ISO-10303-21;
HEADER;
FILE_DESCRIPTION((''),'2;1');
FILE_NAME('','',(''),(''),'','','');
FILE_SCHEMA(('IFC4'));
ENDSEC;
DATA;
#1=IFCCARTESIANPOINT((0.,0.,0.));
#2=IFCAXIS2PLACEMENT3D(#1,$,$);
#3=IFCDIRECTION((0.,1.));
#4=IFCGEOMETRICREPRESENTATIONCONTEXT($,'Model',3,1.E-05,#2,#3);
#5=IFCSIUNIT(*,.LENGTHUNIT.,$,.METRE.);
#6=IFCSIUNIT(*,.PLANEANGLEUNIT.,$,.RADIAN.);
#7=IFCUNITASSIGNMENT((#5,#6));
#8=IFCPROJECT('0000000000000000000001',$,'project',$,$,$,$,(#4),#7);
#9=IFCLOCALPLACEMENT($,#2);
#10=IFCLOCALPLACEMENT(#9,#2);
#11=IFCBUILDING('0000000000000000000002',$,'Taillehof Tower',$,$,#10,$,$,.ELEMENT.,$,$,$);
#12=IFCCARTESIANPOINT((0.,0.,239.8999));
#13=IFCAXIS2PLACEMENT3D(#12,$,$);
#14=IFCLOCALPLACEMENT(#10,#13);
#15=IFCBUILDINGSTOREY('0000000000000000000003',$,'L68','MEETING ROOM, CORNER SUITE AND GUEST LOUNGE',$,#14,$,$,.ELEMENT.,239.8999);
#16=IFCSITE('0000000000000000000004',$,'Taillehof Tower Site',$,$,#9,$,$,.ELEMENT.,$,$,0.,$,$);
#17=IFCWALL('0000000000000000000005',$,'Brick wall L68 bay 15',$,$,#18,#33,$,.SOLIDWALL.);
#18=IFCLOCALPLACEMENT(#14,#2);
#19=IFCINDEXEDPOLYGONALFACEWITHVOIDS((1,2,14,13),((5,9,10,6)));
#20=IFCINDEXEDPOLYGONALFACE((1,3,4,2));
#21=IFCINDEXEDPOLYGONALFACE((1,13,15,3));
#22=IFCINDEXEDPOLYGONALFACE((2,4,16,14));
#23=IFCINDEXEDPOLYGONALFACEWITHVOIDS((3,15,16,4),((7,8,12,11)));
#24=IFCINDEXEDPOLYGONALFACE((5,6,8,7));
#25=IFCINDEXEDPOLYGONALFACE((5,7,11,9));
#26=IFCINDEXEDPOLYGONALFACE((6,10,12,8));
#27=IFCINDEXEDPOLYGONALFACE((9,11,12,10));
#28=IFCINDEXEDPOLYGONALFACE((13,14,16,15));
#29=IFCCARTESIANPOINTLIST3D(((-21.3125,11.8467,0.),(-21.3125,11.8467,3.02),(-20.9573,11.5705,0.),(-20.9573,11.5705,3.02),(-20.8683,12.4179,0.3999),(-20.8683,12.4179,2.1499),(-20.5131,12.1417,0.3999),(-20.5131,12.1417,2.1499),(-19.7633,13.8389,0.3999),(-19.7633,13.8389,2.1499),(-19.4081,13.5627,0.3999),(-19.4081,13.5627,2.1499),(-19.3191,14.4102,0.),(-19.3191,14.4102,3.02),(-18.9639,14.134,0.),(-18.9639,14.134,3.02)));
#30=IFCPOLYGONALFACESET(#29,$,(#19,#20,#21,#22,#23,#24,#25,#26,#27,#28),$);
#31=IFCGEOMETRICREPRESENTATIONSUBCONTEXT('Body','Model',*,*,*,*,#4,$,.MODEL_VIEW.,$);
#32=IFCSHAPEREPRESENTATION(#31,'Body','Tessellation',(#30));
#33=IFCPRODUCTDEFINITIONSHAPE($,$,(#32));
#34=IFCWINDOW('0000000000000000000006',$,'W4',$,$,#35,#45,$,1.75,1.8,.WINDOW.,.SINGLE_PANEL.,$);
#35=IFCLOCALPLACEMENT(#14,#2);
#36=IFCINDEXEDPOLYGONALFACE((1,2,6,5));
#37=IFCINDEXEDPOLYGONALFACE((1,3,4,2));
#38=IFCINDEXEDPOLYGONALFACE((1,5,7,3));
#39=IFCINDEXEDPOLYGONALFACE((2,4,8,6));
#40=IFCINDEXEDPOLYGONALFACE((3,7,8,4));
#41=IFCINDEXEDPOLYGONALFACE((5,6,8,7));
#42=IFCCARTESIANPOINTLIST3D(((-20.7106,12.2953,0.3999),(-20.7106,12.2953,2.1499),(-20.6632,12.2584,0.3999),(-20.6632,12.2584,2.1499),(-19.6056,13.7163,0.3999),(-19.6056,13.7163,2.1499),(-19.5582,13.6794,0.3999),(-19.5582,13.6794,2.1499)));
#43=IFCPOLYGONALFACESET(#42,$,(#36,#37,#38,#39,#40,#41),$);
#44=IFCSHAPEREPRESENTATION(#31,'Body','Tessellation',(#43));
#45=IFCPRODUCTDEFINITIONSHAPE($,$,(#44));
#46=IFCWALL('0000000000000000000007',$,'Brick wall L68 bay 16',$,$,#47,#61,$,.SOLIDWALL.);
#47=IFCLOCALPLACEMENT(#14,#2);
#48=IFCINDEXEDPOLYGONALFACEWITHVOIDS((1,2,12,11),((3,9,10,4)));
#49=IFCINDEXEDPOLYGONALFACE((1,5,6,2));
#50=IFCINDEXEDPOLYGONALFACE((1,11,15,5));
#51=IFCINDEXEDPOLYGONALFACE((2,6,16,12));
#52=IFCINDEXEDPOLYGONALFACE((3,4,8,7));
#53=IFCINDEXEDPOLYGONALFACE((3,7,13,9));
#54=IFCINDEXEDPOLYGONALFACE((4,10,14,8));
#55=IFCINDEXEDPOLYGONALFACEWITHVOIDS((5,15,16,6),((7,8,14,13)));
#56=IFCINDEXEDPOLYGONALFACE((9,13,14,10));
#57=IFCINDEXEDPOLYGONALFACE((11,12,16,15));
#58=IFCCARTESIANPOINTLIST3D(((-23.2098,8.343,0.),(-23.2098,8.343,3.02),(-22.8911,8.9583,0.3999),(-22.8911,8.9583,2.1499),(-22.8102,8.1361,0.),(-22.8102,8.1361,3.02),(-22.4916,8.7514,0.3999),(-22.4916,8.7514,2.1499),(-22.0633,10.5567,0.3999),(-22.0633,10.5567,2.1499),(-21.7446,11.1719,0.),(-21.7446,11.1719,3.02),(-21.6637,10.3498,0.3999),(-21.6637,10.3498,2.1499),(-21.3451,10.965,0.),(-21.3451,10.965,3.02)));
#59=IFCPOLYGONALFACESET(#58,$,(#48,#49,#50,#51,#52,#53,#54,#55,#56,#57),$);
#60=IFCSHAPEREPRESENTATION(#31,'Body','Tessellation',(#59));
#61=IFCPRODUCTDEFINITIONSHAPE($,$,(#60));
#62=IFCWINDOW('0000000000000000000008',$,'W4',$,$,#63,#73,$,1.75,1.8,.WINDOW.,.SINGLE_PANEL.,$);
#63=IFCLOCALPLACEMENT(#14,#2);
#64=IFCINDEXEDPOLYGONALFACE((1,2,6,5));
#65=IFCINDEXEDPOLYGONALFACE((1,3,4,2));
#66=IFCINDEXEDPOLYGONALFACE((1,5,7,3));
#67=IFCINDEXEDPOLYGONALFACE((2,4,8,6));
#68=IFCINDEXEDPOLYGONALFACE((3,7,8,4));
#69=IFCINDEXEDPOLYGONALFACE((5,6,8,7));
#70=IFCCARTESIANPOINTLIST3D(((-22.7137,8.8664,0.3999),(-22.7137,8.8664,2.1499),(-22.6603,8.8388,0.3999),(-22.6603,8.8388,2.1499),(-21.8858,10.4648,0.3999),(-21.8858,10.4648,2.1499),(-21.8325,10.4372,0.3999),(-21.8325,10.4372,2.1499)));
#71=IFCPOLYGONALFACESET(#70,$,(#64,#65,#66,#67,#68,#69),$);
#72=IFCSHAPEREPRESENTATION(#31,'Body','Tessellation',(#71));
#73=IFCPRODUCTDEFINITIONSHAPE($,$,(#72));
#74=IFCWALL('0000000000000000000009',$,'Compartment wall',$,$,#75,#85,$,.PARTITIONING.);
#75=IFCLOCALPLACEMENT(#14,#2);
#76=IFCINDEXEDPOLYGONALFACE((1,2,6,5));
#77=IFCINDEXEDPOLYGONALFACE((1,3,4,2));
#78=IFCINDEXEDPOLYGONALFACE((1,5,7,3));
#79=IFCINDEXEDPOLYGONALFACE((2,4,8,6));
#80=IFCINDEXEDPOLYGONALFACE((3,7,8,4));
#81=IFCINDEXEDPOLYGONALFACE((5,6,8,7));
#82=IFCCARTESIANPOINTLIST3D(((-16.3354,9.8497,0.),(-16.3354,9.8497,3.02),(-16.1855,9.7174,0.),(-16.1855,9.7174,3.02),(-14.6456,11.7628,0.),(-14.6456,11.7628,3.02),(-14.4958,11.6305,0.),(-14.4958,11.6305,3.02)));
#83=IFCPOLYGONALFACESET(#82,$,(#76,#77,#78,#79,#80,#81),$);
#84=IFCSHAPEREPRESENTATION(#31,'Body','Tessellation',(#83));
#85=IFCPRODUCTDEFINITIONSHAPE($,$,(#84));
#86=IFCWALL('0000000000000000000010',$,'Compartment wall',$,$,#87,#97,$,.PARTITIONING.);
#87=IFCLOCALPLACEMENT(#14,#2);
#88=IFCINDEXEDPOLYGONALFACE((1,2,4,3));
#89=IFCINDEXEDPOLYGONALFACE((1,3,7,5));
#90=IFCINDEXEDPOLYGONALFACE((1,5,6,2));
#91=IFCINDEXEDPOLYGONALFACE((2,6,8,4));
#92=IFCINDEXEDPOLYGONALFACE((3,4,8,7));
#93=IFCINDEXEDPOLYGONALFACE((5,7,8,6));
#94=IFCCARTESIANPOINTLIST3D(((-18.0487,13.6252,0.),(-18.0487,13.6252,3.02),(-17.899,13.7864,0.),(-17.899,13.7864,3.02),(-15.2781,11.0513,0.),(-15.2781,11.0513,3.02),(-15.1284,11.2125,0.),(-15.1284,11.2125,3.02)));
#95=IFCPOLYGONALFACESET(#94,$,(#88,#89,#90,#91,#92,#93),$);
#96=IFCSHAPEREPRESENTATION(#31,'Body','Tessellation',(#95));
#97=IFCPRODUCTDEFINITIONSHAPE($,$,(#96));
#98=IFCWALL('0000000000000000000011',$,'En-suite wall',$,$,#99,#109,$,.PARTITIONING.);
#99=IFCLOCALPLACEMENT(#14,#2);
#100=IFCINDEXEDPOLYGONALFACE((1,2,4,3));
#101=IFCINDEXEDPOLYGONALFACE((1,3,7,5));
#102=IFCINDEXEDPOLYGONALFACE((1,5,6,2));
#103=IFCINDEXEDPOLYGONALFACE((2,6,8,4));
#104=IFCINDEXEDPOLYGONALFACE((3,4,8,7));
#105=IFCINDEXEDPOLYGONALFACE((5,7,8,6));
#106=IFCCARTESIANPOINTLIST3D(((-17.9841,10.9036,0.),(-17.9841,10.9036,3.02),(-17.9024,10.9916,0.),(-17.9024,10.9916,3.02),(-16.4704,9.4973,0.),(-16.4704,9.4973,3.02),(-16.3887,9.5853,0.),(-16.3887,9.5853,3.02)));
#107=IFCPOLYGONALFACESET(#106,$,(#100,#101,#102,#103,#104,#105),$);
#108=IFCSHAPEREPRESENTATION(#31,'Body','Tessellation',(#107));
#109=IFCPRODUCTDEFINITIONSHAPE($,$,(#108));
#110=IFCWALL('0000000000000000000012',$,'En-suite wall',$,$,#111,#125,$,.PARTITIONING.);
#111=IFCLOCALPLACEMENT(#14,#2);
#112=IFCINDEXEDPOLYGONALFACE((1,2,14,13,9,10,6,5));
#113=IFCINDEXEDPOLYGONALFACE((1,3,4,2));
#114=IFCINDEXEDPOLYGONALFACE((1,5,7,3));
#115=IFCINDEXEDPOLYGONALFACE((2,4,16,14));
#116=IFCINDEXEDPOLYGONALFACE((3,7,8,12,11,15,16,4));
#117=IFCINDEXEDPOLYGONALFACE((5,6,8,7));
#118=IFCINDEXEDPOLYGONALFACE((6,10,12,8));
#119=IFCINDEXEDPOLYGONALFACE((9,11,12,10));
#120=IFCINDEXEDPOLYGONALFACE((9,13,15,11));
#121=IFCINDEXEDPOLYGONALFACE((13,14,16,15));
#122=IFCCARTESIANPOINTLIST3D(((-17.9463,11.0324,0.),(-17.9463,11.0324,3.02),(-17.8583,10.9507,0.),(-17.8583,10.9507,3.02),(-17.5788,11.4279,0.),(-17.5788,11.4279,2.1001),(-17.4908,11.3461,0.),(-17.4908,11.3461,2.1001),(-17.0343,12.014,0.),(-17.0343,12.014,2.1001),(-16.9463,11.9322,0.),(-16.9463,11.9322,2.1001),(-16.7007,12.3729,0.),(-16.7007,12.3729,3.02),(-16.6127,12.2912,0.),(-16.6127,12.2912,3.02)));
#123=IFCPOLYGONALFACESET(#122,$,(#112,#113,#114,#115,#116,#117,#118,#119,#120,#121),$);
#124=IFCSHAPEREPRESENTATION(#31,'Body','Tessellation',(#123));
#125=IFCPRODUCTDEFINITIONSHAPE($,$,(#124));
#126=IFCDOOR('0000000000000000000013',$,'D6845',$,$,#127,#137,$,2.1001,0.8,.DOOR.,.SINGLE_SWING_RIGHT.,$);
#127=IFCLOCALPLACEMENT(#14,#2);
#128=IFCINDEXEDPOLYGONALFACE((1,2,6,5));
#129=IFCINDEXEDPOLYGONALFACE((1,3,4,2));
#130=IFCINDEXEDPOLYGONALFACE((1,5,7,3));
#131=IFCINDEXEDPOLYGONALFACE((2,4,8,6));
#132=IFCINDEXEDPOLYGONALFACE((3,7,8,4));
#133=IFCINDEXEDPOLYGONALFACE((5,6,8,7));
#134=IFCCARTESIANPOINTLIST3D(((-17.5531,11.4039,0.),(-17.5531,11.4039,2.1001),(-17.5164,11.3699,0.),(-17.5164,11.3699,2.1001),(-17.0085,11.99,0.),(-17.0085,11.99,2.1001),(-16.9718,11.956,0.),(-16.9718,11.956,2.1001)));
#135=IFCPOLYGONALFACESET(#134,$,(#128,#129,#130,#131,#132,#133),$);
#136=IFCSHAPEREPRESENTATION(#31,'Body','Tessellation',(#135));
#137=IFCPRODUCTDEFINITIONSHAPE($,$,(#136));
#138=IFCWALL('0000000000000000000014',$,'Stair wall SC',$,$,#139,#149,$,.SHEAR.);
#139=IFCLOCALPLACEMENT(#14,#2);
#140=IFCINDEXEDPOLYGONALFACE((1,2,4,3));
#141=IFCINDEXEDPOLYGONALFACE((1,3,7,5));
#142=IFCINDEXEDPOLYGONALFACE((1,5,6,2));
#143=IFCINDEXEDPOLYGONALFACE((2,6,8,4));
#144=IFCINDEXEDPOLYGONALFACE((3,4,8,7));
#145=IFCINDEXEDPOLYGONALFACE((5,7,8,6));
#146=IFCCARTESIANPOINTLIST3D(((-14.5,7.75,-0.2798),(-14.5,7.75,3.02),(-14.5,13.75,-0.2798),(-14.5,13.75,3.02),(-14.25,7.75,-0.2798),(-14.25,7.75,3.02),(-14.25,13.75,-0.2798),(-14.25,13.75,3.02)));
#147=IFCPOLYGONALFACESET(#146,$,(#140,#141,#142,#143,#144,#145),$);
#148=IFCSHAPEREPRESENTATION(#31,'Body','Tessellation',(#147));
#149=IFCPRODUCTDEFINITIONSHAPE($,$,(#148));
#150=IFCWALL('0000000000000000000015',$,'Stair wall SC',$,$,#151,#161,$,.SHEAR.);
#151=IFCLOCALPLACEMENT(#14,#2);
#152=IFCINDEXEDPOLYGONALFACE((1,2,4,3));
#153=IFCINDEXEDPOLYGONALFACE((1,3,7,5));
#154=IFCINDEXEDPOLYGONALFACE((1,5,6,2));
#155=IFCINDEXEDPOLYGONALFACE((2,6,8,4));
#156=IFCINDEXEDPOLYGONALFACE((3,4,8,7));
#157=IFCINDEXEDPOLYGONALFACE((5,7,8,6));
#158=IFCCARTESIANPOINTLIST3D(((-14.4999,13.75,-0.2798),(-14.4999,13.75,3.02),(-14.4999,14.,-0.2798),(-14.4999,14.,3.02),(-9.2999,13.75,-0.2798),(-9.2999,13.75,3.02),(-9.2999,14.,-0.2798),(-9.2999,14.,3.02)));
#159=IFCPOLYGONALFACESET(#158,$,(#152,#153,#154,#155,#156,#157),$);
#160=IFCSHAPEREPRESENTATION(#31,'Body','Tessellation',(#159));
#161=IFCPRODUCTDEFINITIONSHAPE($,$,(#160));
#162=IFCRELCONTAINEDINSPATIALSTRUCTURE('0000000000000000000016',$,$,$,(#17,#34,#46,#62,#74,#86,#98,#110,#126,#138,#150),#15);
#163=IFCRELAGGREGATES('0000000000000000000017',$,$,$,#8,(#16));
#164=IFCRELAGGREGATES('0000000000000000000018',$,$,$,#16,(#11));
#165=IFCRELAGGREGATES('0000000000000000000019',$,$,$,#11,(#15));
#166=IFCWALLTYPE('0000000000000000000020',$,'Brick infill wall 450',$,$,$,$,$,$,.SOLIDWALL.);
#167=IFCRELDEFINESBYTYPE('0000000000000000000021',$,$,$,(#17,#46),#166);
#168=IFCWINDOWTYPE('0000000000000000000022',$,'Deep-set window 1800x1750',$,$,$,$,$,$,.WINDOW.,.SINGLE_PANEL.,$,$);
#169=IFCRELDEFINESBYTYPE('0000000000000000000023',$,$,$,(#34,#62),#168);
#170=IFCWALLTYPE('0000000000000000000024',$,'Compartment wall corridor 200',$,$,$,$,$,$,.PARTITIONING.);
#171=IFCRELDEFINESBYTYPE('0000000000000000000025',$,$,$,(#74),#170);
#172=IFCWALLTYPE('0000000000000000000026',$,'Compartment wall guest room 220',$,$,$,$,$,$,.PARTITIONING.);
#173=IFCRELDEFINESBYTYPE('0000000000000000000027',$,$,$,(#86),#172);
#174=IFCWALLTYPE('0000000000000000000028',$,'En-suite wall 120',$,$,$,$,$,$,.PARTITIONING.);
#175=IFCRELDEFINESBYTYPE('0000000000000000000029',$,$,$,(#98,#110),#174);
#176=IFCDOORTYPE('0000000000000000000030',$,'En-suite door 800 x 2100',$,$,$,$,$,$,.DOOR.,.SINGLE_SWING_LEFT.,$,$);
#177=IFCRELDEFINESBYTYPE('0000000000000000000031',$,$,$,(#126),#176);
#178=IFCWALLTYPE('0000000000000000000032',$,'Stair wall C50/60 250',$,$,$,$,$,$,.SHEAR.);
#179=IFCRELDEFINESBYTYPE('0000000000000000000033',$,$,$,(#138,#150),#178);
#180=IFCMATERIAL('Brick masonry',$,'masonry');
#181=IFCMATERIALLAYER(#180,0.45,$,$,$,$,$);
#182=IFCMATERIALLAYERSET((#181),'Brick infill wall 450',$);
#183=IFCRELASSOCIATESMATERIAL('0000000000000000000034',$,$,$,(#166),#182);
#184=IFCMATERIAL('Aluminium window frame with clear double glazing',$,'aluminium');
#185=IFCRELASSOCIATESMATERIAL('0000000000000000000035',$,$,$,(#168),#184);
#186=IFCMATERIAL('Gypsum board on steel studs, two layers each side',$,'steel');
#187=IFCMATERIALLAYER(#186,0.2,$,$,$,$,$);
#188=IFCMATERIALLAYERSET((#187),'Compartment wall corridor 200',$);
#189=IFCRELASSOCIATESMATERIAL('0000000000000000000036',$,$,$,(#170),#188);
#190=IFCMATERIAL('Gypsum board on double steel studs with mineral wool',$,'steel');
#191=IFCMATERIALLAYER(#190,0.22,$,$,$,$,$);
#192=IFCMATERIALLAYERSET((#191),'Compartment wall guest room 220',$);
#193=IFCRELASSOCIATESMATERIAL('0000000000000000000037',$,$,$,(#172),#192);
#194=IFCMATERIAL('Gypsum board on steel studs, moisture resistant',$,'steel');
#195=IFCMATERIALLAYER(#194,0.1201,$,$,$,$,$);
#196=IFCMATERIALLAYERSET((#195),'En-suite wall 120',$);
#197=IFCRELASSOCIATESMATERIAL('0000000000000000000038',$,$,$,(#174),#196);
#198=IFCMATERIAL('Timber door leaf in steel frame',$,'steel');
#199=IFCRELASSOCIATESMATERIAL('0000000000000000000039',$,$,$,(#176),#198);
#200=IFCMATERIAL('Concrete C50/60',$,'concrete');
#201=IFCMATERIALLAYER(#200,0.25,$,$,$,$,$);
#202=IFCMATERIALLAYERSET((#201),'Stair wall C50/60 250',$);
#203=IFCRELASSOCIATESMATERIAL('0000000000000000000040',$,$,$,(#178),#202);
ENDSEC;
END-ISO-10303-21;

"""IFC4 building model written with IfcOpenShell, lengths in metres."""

from ifc_helpers import new_model, si_unit, direction, frame, frame_2d, origin, place, context, subcontext, project, spatial, rectangle, extrude, material, layer, layer_set, type_object, element, fill, save


model = new_model("IFC4")

# Units and contexts
model_context = context("Model", 3, precision=1e-05, world=origin(), true_north=direction((0.0, 1.0)))
body_context = subcontext(model_context, "Body", "Model", "MODEL_VIEW")
ifc_project = project(units=[si_unit("LENGTHUNIT", "METRE"), si_unit("PLANEANGLEUNIT", "RADIAN")], contexts=[model_context])

# Site, building, storey
site_placement = place(None, origin())
site = spatial("IfcSite", under=ifc_project, at=site_placement, Name="Taillehof Tower Site", CompositionType="ELEMENT", RefElevation=0.0)
building_placement = place(site_placement, origin())
building = spatial("IfcBuilding", under=site, at=building_placement, Name="Taillehof Tower", CompositionType="ELEMENT")
storey_placement = place(building_placement, frame((0.0, 0.0, 239.8999)))
storey = spatial("IfcBuildingStorey", under=building, at=storey_placement, Name="L68", Description="MEETING ROOM, CORNER SUITE AND GUEST LOUNGE", CompositionType="ELEMENT", Elevation=239.8999)

# Walls, openings, windows
ifc_material_1 = material(Name="Brick masonry", Category="masonry")
ifc_layer_1 = layer(ifc_material_1, 0.45)
ifc_layer_set_1 = layer_set([ifc_layer_1], Name="Brick infill wall 450")
wall_type_1 = type_object("IfcWallType", Name="Brick infill wall 450", PredefinedType="SOLIDWALL", material=ifc_layer_set_1)
ifc_material_2 = material(Name="Aluminium window frame with clear double glazing", Category="aluminium")
window_type = type_object("IfcWindowType", Name="Deep-set window 1800x1750", PartitioningType="SINGLE_PANEL", PredefinedType="WINDOW", material=ifc_material_2)
wall_1_placement = place(storey_placement, frame((-19.1416, 14.272, 0.0), z_axis=(0.0, 0.0, 1.0), x_axis=(-0.613863, -0.789413, 0.0)))
wall_1 = element("IfcWall", 1, at=wall_1_placement, inside=storey, type_object=wall_type_1, Name="Brick wall L68 bay 15", PredefinedType="SOLIDWALL", context=body_context, shape_type="SweptSolid", body=[
    extrude(rectangle(XDim=3.2473, YDim=0.45, at=frame_2d((1.6235, 0.0))), origin(), (0.0, 0.0, 1.0), 3.02),
])
opening_1_placement = place(wall_1_placement, frame((0.7236, 0.0, 0.3999)))
opening_1 = element("IfcOpeningElement", 2, at=opening_1_placement, cuts=wall_1, PredefinedType="OPENING", context=body_context, shape_type="SweptSolid", body=[
    extrude(rectangle(XDim=1.8, YDim=1.75, at=frame_2d((0.8999, 0.875))), frame((0.0, 0.2349, 0.0), z_axis=(0.0, -1.0, 0.0), x_axis=(1.0, 0.0, 0.0)), (0.0, 0.0, 1.0), 0.47),
])
window_1_placement = place(opening_1_placement, origin())
window_1 = element("IfcWindow", 3, at=window_1_placement, inside=storey, type_object=window_type, Name="W4", OverallHeight=1.75, OverallWidth=1.8, PartitioningType="SINGLE_PANEL", PredefinedType="WINDOW", context=body_context, shape_type="SweptSolid", body=[
    extrude(rectangle(XDim=1.8, YDim=1.75, at=frame_2d((0.8999, 0.875))), frame((0.0, 0.0349, 0.0), z_axis=(0.0, -1.0, 0.0), x_axis=(1.0, 0.0, 0.0)), (0.0, 0.0, 1.0), 0.0601),
])
fill(opening_1, window_1)
wall_2_placement = place(storey_placement, frame((-21.5449, 11.0684, 0.0), z_axis=(0.0, 0.0, 1.0), x_axis=(-0.45989, -0.887976, 0.0)))
wall_2 = element("IfcWall", 4, at=wall_2_placement, inside=storey, type_object=wall_type_1, Name="Brick wall L68 bay 16", PredefinedType="SOLIDWALL", context=body_context, shape_type="SweptSolid", body=[
    extrude(rectangle(XDim=3.1858, YDim=0.45, at=frame_2d((1.5928, 0.0))), origin(), (0.0, 0.0, 1.0), 3.02),
])
opening_2_placement = place(wall_2_placement, frame((0.6929, 0.0, 0.3999)))
opening_2 = element("IfcOpeningElement", 5, at=opening_2_placement, cuts=wall_2, PredefinedType="OPENING", context=body_context, shape_type="SweptSolid", body=[
    extrude(rectangle(XDim=1.8, YDim=1.75, at=frame_2d((0.8999, 0.875))), frame((0.0, 0.2349, 0.0), z_axis=(0.0, -1.0, 0.0), x_axis=(1.0, 0.0, 0.0)), (0.0, 0.0, 1.0), 0.47),
])
window_2_placement = place(opening_2_placement, origin())
window_2 = element("IfcWindow", 6, at=window_2_placement, inside=storey, type_object=window_type, Name="W4", OverallHeight=1.75, OverallWidth=1.8, PartitioningType="SINGLE_PANEL", PredefinedType="WINDOW", context=body_context, shape_type="SweptSolid", body=[
    extrude(rectangle(XDim=1.8, YDim=1.75, at=frame_2d((0.8999, 0.875))), frame((0.0, 0.0349, 0.0), z_axis=(0.0, -1.0, 0.0), x_axis=(1.0, 0.0, 0.0)), (0.0, 0.0, 1.0), 0.0601),
])
fill(opening_2, window_2)

# Walls
ifc_material_3 = material(Name="Gypsum board on steel studs, two layers each side", Category="steel")
ifc_layer_2 = layer(ifc_material_3, 0.2)
ifc_layer_set_2 = layer_set([ifc_layer_2], Name="Compartment wall corridor 200")
wall_type_2 = type_object("IfcWallType", Name="Compartment wall corridor 200", PredefinedType="PARTITIONING", material=ifc_layer_set_2)
wall_3_placement = place(storey_placement, frame((-16.2605, 9.7834, 0.0), z_axis=(0.0, 0.0, 1.0), x_axis=(0.661992, 0.749511, 0.0)))
element("IfcWall", 7, at=wall_3_placement, inside=storey, type_object=wall_type_2, Name="Compartment wall", PredefinedType="PARTITIONING", context=body_context, shape_type="SweptSolid", body=[
    extrude(rectangle(XDim=2.5525, YDim=0.2, at=frame_2d((1.2764, 0.0))), origin(), (0.0, 0.0, 1.0), 3.02),
])
ifc_material_4 = material(Name="Gypsum board on double steel studs with mineral wool", Category="steel")
ifc_layer_3 = layer(ifc_material_4, 0.22)
ifc_layer_set_3 = layer_set([ifc_layer_3], Name="Compartment wall guest room 220")
wall_type_3 = type_object("IfcWallType", Name="Compartment wall guest room 220", PredefinedType="PARTITIONING", material=ifc_layer_set_3)
wall_4_placement = place(storey_placement, frame((-17.9739, 13.7058, 0.0), z_axis=(0.0, 0.0, 1.0), x_axis=(0.732644, -0.680612, 0.0)))
element("IfcWall", 8, at=wall_4_placement, inside=storey, type_object=wall_type_3, Name="Compartment wall", PredefinedType="PARTITIONING", context=body_context, shape_type="SweptSolid", body=[
    extrude(rectangle(XDim=3.7817, YDim=0.22, at=frame_2d((1.8909, 0.0))), origin(), (0.0, 0.0, 1.0), 3.02),
])
ifc_material_5 = material(Name="Gypsum board on steel studs, moisture resistant", Category="steel")
ifc_layer_4 = layer(ifc_material_5, 0.1201)
ifc_layer_set_4 = layer_set([ifc_layer_4], Name="En-suite wall 120")
wall_type_4 = type_object("IfcWallType", Name="En-suite wall 120", PredefinedType="PARTITIONING", material=ifc_layer_set_4)
wall_5_placement = place(storey_placement, frame((-16.4294, 9.5413, 0.0), z_axis=(0.0, 0.0, 1.0), x_axis=(-0.732625, 0.680632, 0.0)))
element("IfcWall", 9, at=wall_5_placement, inside=storey, type_object=wall_type_4, Name="En-suite wall", PredefinedType="PARTITIONING", context=body_context, shape_type="SweptSolid", body=[
    extrude(rectangle(XDim=2.0662, YDim=0.1201, at=frame_2d((1.0332, 0.0))), origin(), (0.0, 0.0, 1.0), 3.02),
])

# Wall, opening, door
wall_6_placement = place(storey_placement, frame((-17.9023, 10.9915, 0.0), z_axis=(0.0, 0.0, 1.0), x_axis=(0.680681, 0.73258, 0.0)))
wall_6 = element("IfcWall", 10, at=wall_6_placement, inside=storey, type_object=wall_type_4, Name="En-suite wall", PredefinedType="PARTITIONING", context=body_context, shape_type="SweptSolid", body=[
    extrude(rectangle(XDim=1.8298, YDim=0.1201, at=frame_2d((0.915, 0.0))), origin(), (0.0, 0.0, 1.0), 3.02),
])
opening_3_placement = place(wall_6_placement, frame((0.54, 0.0, 0.0)))
opening_3 = element("IfcOpeningElement", 11, at=opening_3_placement, cuts=wall_6, PredefinedType="OPENING", context=body_context, shape_type="SweptSolid", body=[
    extrude(rectangle(XDim=0.8, YDim=2.1001, at=frame_2d((0.3999, 1.05))), frame((0.0, 0.0701, 0.0), z_axis=(0.0, -1.0, 0.0), x_axis=(1.0, 0.0, 0.0)), (0.0, 0.0, 1.0), 0.1401),
])
ifc_material_6 = material(Name="Timber door leaf in steel frame", Category="steel")
door_type = type_object("IfcDoorType", Name="En-suite door 800 x 2100", OperationType="SINGLE_SWING_LEFT", PredefinedType="DOOR", material=ifc_material_6)
door_placement = place(opening_3_placement, origin())
door = element("IfcDoor", 12, at=door_placement, inside=storey, type_object=door_type, Name="D6845", OperationType="SINGLE_SWING_RIGHT", OverallHeight=2.1001, OverallWidth=0.8, PredefinedType="DOOR", context=body_context, shape_type="SweptSolid", body=[
    extrude(rectangle(XDim=0.8, YDim=2.1001, at=frame_2d((0.3999, 1.05))), frame((0.0, 0.0249, 0.0), z_axis=(0.0, -1.0, 0.0), x_axis=(1.0, 0.0, 0.0)), (0.0, 0.0, 1.0), 0.05),
])
fill(opening_3, door)

# Walls
ifc_material_7 = material(Name="Concrete C50/60", Category="concrete")
ifc_layer_5 = layer(ifc_material_7, 0.25)
ifc_layer_set_5 = layer_set([ifc_layer_5], Name="Stair wall C50/60 250")
wall_type_5 = type_object("IfcWallType", Name="Stair wall C50/60 250", PredefinedType="SHEAR", material=ifc_layer_set_5)
wall_7_placement = place(storey_placement, frame((-14.375, 7.75, -0.2798), z_axis=(0.0, 0.0, 1.0), x_axis=(0.0, 1.0, 0.0)))
element("IfcWall", 13, at=wall_7_placement, inside=storey, type_object=wall_type_5, Name="Stair wall SC", PredefinedType="SHEAR", context=body_context, shape_type="SweptSolid", body=[
    extrude(rectangle(XDim=6.0, YDim=0.25, at=frame_2d((3.0, 0.0))), origin(), (0.0, 0.0, 1.0), 3.2998),
])
wall_8_placement = place(storey_placement, frame((-14.5, 13.875, -0.2798), z_axis=(0.0, 0.0, 1.0), x_axis=(1.0, 0.0, 0.0)))
element("IfcWall", 14, at=wall_8_placement, inside=storey, type_object=wall_type_5, Name="Stair wall SC", PredefinedType="SHEAR", context=body_context, shape_type="SweptSolid", body=[
    extrude(rectangle(XDim=5.2, YDim=0.25, at=frame_2d((2.6001, 0.0))), origin(), (0.0, 0.0, 1.0), 3.2998),
])

save(model, "model.ifc")
